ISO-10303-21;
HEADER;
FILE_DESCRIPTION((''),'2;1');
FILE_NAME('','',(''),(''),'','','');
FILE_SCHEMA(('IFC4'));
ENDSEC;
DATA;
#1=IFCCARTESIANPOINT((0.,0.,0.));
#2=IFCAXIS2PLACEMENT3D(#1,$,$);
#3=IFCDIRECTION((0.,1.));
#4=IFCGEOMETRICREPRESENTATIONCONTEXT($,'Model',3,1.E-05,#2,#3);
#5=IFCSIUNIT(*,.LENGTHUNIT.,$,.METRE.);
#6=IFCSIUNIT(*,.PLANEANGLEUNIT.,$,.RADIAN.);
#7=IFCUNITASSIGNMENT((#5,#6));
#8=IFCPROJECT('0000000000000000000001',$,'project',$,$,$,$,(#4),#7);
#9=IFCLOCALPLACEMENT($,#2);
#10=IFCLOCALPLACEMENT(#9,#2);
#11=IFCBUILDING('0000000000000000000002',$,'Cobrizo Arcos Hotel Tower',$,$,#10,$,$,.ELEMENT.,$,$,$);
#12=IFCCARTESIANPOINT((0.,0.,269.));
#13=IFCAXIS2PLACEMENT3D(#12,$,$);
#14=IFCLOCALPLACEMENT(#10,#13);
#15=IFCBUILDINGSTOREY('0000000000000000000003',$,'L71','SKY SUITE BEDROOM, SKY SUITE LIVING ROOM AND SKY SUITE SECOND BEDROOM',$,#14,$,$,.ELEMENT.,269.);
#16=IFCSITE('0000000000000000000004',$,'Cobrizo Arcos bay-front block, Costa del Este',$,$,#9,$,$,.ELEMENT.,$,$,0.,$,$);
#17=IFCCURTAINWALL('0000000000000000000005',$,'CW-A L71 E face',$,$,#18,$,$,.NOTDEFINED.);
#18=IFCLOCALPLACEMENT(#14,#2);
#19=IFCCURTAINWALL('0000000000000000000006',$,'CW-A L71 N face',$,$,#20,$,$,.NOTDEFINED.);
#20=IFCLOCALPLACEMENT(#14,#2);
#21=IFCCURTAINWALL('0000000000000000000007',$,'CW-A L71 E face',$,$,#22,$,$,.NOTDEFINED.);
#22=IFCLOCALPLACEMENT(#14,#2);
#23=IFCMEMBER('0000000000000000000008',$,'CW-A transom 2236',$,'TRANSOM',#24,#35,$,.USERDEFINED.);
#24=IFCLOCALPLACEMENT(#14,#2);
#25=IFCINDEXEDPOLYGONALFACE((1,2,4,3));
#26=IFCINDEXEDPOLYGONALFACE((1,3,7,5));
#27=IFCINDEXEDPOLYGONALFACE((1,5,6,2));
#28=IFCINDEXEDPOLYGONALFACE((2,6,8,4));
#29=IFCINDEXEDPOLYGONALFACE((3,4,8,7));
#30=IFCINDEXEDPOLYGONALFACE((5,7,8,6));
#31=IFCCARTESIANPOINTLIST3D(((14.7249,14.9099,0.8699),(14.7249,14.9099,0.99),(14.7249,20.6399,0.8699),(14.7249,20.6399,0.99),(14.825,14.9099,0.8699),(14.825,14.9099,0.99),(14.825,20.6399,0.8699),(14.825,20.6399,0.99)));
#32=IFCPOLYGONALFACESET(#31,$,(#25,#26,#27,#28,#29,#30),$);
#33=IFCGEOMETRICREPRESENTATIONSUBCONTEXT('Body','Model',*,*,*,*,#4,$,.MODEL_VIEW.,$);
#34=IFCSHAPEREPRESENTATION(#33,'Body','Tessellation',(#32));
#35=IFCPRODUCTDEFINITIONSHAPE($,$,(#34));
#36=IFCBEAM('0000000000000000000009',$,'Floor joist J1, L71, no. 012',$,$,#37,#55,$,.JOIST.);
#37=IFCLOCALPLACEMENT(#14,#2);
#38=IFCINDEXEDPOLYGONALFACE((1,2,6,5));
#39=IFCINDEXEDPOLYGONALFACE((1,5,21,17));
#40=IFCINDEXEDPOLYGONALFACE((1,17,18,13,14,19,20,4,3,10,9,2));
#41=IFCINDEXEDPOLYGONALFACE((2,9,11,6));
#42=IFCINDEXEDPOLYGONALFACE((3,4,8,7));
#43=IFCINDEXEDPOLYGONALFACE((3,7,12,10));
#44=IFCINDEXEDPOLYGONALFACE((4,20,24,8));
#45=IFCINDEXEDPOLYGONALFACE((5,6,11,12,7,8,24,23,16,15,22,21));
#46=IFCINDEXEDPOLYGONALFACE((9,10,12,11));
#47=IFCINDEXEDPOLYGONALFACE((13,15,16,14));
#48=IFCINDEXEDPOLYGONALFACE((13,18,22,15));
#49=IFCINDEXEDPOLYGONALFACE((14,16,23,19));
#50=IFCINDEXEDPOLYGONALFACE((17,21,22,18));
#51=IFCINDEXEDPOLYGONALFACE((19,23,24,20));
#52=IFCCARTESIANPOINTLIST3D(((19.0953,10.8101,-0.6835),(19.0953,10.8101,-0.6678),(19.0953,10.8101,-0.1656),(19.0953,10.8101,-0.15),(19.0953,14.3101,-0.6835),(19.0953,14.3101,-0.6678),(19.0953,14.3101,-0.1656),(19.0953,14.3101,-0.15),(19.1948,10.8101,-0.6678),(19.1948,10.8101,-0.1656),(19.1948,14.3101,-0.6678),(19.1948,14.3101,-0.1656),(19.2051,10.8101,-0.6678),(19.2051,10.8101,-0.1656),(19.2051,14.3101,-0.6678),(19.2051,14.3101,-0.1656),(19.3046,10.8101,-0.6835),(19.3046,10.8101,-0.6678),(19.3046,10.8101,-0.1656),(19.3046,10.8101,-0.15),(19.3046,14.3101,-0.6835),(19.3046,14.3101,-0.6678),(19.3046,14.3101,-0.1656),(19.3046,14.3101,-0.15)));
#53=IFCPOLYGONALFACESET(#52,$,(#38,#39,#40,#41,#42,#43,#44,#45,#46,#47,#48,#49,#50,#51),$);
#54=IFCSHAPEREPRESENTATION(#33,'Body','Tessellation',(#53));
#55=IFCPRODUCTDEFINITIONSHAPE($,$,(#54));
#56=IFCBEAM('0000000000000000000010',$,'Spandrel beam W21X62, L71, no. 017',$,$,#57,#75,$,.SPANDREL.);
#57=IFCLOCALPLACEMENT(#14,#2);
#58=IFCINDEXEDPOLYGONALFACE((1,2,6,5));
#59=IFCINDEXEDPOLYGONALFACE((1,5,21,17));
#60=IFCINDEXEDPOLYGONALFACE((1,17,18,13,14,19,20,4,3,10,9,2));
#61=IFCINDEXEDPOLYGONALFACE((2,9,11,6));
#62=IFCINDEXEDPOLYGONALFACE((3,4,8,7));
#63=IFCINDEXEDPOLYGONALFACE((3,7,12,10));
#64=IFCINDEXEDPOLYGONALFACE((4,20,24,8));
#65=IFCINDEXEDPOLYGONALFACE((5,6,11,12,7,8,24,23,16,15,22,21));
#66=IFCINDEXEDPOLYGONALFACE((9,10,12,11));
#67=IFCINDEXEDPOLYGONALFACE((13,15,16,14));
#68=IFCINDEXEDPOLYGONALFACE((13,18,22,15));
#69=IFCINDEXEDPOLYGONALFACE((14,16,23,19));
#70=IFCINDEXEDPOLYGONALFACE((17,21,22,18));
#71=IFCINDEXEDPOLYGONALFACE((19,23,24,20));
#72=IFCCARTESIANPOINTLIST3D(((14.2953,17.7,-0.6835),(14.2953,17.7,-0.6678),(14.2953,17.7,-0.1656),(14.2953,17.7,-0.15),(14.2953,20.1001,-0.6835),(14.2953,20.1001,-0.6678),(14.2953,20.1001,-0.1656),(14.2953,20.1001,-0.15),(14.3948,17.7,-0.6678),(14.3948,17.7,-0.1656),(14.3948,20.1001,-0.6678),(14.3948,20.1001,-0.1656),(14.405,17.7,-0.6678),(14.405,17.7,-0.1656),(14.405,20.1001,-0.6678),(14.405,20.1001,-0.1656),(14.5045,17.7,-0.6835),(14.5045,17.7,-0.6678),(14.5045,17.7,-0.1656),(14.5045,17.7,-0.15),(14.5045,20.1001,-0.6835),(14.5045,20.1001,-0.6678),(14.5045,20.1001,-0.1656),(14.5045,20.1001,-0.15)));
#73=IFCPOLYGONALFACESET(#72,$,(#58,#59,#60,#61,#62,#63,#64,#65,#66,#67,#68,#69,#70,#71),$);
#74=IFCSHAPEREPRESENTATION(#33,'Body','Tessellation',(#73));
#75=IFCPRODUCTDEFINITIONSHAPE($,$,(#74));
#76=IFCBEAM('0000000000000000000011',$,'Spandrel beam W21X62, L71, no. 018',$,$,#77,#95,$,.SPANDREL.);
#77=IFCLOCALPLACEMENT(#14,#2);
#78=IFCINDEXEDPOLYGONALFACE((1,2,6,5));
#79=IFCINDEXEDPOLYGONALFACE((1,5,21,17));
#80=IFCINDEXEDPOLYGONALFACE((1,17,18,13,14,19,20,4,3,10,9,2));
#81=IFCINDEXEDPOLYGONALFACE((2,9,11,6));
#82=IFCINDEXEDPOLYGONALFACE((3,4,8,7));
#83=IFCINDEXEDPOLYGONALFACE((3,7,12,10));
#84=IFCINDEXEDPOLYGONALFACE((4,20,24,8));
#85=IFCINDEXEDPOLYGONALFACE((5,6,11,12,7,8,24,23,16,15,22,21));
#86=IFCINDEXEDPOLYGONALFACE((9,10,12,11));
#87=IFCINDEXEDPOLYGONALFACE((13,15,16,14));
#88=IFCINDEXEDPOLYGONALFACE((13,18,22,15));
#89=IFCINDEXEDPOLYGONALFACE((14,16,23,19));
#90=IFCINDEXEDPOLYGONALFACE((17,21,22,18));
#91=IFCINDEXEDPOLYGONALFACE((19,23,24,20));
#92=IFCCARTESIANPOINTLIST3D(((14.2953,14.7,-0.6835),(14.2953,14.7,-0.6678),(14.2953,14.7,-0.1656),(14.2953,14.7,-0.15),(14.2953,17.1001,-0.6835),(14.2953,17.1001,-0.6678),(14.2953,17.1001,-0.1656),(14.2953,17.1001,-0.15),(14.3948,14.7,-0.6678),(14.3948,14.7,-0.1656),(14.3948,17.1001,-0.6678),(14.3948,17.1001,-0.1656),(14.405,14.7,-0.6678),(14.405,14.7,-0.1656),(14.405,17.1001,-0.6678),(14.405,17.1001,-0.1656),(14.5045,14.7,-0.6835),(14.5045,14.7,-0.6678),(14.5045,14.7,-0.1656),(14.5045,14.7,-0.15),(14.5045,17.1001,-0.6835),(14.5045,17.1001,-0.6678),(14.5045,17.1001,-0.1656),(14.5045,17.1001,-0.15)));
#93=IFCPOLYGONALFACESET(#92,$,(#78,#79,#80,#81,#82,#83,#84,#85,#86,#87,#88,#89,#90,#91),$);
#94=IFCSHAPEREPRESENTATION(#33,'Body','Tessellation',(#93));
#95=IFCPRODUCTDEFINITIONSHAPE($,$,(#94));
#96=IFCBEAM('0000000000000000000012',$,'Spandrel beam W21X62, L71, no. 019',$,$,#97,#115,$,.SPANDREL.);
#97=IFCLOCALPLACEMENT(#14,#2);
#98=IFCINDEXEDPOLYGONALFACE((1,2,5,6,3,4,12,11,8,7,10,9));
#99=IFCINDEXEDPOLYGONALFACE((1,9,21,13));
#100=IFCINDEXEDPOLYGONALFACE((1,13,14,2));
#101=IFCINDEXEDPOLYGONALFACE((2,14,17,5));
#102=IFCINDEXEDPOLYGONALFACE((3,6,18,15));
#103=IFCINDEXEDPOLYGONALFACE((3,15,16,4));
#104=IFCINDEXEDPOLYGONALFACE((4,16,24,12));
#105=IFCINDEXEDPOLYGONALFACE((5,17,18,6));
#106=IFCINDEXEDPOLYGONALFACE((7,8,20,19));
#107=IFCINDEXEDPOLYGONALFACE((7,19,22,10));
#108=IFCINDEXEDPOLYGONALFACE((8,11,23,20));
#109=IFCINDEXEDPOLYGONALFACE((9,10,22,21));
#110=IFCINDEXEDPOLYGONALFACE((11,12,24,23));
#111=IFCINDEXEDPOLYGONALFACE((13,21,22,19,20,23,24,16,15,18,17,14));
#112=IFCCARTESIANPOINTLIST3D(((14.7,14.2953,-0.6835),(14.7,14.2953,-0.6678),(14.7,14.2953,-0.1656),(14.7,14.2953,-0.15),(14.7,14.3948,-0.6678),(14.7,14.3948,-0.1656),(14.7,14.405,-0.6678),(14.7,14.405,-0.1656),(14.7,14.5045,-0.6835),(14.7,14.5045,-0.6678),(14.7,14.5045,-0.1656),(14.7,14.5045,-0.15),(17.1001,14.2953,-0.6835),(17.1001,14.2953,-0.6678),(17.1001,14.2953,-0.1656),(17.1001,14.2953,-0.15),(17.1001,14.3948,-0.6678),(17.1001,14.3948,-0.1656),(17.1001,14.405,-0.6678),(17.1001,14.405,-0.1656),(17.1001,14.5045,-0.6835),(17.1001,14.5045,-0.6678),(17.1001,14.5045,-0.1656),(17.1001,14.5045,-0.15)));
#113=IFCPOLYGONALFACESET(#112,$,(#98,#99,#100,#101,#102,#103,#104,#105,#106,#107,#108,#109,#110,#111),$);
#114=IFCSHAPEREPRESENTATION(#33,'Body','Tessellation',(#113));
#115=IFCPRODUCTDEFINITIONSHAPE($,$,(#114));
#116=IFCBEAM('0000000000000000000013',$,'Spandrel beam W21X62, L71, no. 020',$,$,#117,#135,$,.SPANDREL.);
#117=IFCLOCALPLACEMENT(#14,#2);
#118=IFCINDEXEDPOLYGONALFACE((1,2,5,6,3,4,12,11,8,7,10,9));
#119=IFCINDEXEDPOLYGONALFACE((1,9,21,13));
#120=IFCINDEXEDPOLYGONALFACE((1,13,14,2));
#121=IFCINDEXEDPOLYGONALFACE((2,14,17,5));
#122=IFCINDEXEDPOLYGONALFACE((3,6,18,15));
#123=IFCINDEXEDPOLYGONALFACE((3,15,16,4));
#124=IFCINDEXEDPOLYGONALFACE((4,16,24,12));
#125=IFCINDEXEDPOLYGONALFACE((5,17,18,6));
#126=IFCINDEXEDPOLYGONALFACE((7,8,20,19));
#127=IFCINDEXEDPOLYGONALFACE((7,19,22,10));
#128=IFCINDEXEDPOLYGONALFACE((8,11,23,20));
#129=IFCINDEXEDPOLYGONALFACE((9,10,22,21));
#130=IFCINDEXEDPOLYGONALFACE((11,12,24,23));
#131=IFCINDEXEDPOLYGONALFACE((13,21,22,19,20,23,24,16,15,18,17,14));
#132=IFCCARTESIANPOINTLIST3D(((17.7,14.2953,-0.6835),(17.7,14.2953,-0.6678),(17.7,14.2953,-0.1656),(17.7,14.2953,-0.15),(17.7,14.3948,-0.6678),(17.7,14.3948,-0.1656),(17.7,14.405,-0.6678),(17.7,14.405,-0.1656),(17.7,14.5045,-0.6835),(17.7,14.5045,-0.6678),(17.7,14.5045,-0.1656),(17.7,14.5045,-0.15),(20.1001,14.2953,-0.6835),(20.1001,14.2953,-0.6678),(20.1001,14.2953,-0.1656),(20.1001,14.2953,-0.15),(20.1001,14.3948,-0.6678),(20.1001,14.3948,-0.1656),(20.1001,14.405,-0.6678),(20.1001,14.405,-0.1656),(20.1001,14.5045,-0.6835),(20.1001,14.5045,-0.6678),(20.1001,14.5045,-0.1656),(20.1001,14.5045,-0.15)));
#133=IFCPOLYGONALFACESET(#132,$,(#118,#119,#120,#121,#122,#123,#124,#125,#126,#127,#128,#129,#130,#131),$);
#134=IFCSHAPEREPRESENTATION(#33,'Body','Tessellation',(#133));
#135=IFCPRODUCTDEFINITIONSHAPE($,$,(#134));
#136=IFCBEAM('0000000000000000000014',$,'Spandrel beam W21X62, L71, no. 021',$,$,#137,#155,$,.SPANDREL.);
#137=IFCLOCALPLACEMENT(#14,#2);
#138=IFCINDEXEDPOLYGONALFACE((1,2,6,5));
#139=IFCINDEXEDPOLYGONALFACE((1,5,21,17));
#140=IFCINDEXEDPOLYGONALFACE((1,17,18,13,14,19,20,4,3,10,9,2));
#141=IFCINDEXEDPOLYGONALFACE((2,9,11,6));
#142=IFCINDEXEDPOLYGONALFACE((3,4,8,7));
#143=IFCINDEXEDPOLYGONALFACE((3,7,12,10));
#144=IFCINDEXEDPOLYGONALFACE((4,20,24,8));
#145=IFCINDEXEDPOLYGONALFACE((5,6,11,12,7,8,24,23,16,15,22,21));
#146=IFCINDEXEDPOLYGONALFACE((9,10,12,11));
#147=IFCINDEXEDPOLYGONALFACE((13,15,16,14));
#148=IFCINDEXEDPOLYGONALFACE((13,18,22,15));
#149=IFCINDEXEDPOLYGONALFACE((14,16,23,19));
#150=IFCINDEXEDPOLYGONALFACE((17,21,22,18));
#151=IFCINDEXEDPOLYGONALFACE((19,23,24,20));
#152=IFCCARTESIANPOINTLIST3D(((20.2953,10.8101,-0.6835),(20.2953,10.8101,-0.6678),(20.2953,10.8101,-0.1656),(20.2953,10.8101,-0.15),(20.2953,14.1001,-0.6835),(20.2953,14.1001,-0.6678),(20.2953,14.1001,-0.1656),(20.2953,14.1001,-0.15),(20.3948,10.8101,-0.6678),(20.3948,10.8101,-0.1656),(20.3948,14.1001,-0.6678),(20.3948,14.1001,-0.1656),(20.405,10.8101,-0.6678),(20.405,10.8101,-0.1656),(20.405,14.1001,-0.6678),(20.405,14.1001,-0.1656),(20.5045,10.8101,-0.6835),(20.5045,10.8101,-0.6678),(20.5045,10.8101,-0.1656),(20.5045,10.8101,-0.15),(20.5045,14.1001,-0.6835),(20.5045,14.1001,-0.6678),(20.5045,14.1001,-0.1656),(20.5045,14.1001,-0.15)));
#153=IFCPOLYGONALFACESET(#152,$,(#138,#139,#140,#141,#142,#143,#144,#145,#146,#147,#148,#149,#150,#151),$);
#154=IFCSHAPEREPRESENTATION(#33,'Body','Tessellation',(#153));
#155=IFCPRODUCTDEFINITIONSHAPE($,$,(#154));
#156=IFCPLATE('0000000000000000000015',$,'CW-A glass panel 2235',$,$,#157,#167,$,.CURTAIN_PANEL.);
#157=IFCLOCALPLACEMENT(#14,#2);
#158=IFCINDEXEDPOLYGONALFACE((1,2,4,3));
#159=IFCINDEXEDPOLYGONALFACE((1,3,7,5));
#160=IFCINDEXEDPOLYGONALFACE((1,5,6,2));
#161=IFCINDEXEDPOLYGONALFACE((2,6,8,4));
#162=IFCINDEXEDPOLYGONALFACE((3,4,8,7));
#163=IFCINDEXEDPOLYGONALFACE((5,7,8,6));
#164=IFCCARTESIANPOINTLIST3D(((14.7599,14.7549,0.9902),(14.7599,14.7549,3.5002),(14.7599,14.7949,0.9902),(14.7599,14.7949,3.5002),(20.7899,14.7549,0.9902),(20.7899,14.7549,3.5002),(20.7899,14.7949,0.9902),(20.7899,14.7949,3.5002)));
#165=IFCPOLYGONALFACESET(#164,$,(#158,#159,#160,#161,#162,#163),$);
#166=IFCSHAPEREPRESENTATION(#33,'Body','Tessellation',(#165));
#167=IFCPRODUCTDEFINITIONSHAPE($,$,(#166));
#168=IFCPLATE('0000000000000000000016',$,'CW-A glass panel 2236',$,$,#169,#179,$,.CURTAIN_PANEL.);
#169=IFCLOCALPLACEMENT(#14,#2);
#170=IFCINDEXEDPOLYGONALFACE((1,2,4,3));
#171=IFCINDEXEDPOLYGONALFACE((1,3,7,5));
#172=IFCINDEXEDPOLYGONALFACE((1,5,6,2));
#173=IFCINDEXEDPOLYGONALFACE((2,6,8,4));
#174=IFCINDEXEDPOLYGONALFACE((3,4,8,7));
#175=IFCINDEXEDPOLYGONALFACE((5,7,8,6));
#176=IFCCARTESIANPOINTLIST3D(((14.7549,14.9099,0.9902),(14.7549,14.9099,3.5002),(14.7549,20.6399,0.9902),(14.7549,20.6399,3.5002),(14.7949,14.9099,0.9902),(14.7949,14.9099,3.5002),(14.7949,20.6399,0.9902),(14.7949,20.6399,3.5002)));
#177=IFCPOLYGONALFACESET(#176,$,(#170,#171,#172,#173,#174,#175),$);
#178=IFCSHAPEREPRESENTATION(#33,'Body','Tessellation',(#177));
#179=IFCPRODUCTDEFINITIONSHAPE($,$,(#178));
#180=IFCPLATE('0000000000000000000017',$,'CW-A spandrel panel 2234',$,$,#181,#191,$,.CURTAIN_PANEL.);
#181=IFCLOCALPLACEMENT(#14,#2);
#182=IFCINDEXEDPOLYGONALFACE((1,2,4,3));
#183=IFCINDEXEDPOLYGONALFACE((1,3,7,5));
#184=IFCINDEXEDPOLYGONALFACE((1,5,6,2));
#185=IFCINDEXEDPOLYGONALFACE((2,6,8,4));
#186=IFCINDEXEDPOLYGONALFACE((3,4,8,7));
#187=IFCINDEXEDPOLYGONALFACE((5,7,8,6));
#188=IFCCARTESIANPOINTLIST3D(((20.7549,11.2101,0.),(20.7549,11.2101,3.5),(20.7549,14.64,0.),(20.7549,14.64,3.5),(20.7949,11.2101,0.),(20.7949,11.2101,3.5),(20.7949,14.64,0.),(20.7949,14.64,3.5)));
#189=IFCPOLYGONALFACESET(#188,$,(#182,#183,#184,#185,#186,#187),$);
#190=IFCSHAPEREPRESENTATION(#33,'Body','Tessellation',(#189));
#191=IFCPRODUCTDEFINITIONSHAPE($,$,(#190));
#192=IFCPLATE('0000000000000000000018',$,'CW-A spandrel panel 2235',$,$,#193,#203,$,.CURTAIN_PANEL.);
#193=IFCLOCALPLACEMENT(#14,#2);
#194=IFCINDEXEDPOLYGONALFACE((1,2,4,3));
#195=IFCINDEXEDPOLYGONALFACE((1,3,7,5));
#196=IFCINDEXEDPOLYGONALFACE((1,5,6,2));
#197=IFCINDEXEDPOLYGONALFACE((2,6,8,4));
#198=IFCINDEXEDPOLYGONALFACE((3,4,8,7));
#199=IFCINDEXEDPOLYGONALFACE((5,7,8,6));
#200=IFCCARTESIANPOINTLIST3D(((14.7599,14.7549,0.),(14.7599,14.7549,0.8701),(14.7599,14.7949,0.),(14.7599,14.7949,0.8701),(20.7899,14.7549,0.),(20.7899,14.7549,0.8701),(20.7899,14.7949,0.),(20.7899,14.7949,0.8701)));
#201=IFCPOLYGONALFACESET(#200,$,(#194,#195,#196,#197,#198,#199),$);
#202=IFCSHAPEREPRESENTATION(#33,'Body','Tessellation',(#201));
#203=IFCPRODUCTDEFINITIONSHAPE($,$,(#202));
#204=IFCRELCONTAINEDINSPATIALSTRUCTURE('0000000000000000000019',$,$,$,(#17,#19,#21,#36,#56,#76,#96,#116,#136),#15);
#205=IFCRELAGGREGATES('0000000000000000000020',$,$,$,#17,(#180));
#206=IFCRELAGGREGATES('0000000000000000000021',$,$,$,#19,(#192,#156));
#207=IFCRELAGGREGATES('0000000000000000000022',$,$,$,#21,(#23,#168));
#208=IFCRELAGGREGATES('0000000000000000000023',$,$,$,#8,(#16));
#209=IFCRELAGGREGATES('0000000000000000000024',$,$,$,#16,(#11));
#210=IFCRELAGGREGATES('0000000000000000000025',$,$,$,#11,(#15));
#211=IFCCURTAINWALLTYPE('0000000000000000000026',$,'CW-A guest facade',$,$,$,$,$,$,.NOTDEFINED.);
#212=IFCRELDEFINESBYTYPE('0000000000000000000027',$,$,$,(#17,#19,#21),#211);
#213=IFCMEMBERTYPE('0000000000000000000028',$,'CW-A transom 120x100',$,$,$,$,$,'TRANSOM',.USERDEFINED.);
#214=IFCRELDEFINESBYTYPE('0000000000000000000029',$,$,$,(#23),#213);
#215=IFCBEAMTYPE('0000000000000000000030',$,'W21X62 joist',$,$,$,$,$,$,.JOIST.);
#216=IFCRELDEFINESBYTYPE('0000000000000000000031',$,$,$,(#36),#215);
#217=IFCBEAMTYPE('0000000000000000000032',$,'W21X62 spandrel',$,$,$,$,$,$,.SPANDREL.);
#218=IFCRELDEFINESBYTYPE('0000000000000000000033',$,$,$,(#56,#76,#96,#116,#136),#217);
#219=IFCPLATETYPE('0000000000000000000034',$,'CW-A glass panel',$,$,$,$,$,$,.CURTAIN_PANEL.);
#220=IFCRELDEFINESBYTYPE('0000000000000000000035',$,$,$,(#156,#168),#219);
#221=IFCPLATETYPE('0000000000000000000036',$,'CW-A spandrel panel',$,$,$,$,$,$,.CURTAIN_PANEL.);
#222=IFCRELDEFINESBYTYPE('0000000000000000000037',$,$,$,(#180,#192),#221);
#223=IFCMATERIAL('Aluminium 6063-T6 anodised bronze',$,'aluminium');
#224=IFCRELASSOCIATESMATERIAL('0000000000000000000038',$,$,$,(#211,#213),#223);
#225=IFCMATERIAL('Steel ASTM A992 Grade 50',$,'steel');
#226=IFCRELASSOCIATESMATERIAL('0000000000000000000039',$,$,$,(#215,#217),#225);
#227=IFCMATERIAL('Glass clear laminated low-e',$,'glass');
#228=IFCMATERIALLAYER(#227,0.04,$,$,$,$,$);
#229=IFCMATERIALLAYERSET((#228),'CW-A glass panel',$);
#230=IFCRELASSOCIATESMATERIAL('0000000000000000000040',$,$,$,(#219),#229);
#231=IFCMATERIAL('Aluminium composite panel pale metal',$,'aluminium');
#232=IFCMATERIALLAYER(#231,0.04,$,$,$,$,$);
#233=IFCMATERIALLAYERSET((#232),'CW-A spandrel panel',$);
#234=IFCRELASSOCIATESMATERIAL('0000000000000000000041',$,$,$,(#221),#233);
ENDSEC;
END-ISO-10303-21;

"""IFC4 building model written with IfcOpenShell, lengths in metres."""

from ifc_helpers import new_model, si_unit, direction, frame, origin, origin_2d, place, context, subcontext, project, spatial, rectangle, i_section, extrude, material, layer, layer_set, material_profile, profile_set, type_object, element, aggregate, save


model = new_model("IFC4")

# Units and contexts
model_context = context("Model", 3, precision=1e-05, world=origin(), true_north=direction((0.0, 1.0)))
body_context = subcontext(model_context, "Body", "Model", "MODEL_VIEW")
ifc_project = project(units=[si_unit("LENGTHUNIT", "METRE"), si_unit("PLANEANGLEUNIT", "RADIAN")], contexts=[model_context])

# Site, building, storey
site_placement = place(None, origin())
site = spatial("IfcSite", under=ifc_project, at=site_placement, Name="Cobrizo Arcos bay-front block, Costa del Este", CompositionType="ELEMENT", RefElevation=0.0)
building_placement = place(site_placement, origin())
building = spatial("IfcBuilding", under=site, at=building_placement, Name="Cobrizo Arcos Hotel Tower", CompositionType="ELEMENT")
storey_placement = place(building_placement, frame((0.0, 0.0, 269.0)))
storey = spatial("IfcBuildingStorey", under=building, at=storey_placement, Name="L71", Description="SKY SUITE BEDROOM, SKY SUITE LIVING ROOM AND SKY SUITE SECOND BEDROOM", CompositionType="ELEMENT", Elevation=269.0)

# Shared definitions
ifc_material_1 = material(Name="Aluminium 6063-T6 anodised bronze", Category="aluminium")
curtain_wall_type = type_object("IfcCurtainWallType", Name="CW-A guest facade", PredefinedType="NOTDEFINED", material=ifc_material_1)

# Curtain walls
curtain_wall_1_placement = place(storey_placement, origin())
curtain_wall_1 = element("IfcCurtainWall", 1, at=curtain_wall_1_placement, inside=storey, type_object=curtain_wall_type, Name="CW-A L71 E face", PredefinedType="NOTDEFINED")
curtain_wall_2_placement = place(storey_placement, origin())
curtain_wall_2 = element("IfcCurtainWall", 2, at=curtain_wall_2_placement, inside=storey, type_object=curtain_wall_type, Name="CW-A L71 N face", PredefinedType="NOTDEFINED")
curtain_wall_3_placement = place(storey_placement, origin())
curtain_wall_3 = element("IfcCurtainWall", 3, at=curtain_wall_3_placement, inside=storey, type_object=curtain_wall_type, Name="CW-A L71 E face", PredefinedType="NOTDEFINED")

# Member
ifc_material_profile_1 = material_profile(ifc_material_1, rectangle(XDim=0.1001, YDim=0.1201, at=origin_2d()), Name="CW-A transom 120x100")
ifc_profile_set_1 = profile_set([ifc_material_profile_1], Name="Aluminium 6063-T6 anodised bronze")
member_type_1 = type_object("IfcMemberType", Name="CW-A transom 120x100", ElementType="TRANSOM", PredefinedType="USERDEFINED", material=ifc_profile_set_1)
member_1_placement = place(storey_placement, frame((14.7749, 14.9099, 0.9299), z_axis=(0.0, 1.0, 0.0), x_axis=(-1.0, 0.0, 0.0)))
member_1 = element("IfcMember", 4, at=member_1_placement, type_object=member_type_1, Name="CW-A transom 2236", ObjectType="TRANSOM", PredefinedType="USERDEFINED", context=body_context, shape_type="SweptSolid", body=[
    extrude(rectangle(XDim=0.1001, YDim=0.1201, at=origin_2d()), origin(), (0.0, 0.0, 1.0), 5.73),
])

# Beams
ifc_material_2 = material(Name="Steel ASTM A992 Grade 50", Category="steel")
ifc_material_profile_2 = material_profile(ifc_material_2, i_section(OverallWidth=0.2092, OverallDepth=0.5334, WebThickness=0.0103, FlangeThickness=0.0156, at=origin_2d()), Name="W21X62")
ifc_profile_set_2 = profile_set([ifc_material_profile_2], Name="Steel ASTM A992 Grade 50")
beam_type_1 = type_object("IfcBeamType", Name="W21X62 joist", PredefinedType="JOIST", material=ifc_profile_set_2)
beam_1_placement = place(storey_placement, frame((19.2, 10.8101, -0.4167), z_axis=(0.0, 1.0, 0.0), x_axis=(-1.0, 0.0, 0.0)))
element("IfcBeam", 5, at=beam_1_placement, inside=storey, type_object=beam_type_1, Name="Floor joist J1, L71, no. 012", PredefinedType="JOIST", context=body_context, shape_type="SweptSolid", body=[
    extrude(i_section(OverallWidth=0.2092, OverallDepth=0.5334, WebThickness=0.0103, FlangeThickness=0.0156, at=origin_2d()), origin(), (0.0, 0.0, 1.0), 3.5),
])
ifc_material_profile_3 = material_profile(ifc_material_2, i_section(OverallWidth=0.2092, OverallDepth=0.5334, WebThickness=0.0103, FlangeThickness=0.0156, at=origin_2d()), Name="W21X62")
ifc_profile_set_3 = profile_set([ifc_material_profile_3], Name="Steel ASTM A992 Grade 50")
beam_type_2 = type_object("IfcBeamType", Name="W21X62 spandrel", PredefinedType="SPANDREL", material=ifc_profile_set_3)
for number, where, z_axis, x_axis, name in (
    (6, (14.3999, 20.1001, -0.4167), (0.0, -1.0, 0.0), (1.0, 0.0, 0.0), "Spandrel beam W21X62, L71, no. 017"),
    (7, (14.3999, 17.1001, -0.4167), (0.0, -1.0, 0.0), (1.0, 0.0, 0.0), "Spandrel beam W21X62, L71, no. 018"),
    (8, (14.7, 14.3999, -0.4167), (1.0, 0.0, 0.0), (0.0, 1.0, 0.0), "Spandrel beam W21X62, L71, no. 019"),
    (9, (17.7, 14.3999, -0.4167), (1.0, 0.0, 0.0), (0.0, 1.0, 0.0), "Spandrel beam W21X62, L71, no. 020"),
):
    element("IfcBeam", number, at=place(storey_placement, frame(where, z_axis=z_axis, x_axis=x_axis)), inside=storey, type_object=beam_type_2, Name=name, PredefinedType="SPANDREL", context=body_context, shape_type="SweptSolid", body=[
        extrude(i_section(OverallWidth=0.2092, OverallDepth=0.5334, WebThickness=0.0103, FlangeThickness=0.0156, at=origin_2d()), origin(), (0.0, 0.0, 1.0), 2.4001),
    ])
beam_2_placement = place(storey_placement, frame((20.3999, 14.1001, -0.4167), z_axis=(0.0, -1.0, 0.0), x_axis=(1.0, 0.0, 0.0)))
element("IfcBeam", 10, at=beam_2_placement, inside=storey, type_object=beam_type_2, Name="Spandrel beam W21X62, L71, no. 021", PredefinedType="SPANDREL", context=body_context, shape_type="SweptSolid", body=[
    extrude(i_section(OverallWidth=0.2092, OverallDepth=0.5334, WebThickness=0.0103, FlangeThickness=0.0156, at=origin_2d()), origin(), (0.0, 0.0, 1.0), 3.29),
])

# Plates
ifc_material_3 = material(Name="Glass clear laminated low-e", Category="glass")
ifc_layer_1 = layer(ifc_material_3, 0.04)
ifc_layer_set_1 = layer_set([ifc_layer_1], Name="CW-A glass panel")
plate_type_1 = type_object("IfcPlateType", Name="CW-A glass panel", PredefinedType="CURTAIN_PANEL", material=ifc_layer_set_1)
plate_1_placement = place(storey_placement, frame((17.7749, 14.7749, 0.9902), z_axis=(0.0, 0.0, 1.0), x_axis=(-1.0, 0.0, 0.0)))
plate_1 = element("IfcPlate", 11, at=plate_1_placement, type_object=plate_type_1, Name="CW-A glass panel 2235", PredefinedType="CURTAIN_PANEL", context=body_context, shape_type="SweptSolid", body=[
    extrude(rectangle(XDim=6.03, YDim=0.04, at=origin_2d()), origin(), (0.0, 0.0, 1.0), 2.51),
])
plate_2_placement = place(storey_placement, frame((14.7749, 17.7749, 0.9902), z_axis=(0.0, 0.0, 1.0), x_axis=(0.0, 1.0, 0.0)))
plate_2 = element("IfcPlate", 12, at=plate_2_placement, type_object=plate_type_1, Name="CW-A glass panel 2236", PredefinedType="CURTAIN_PANEL", context=body_context, shape_type="SweptSolid", body=[
    extrude(rectangle(XDim=5.73, YDim=0.04, at=origin_2d()), origin(), (0.0, 0.0, 1.0), 2.51),
])
ifc_material_4 = material(Name="Aluminium composite panel pale metal", Category="aluminium")
ifc_layer_2 = layer(ifc_material_4, 0.04)
ifc_layer_set_2 = layer_set([ifc_layer_2], Name="CW-A spandrel panel")
plate_type_2 = type_object("IfcPlateType", Name="CW-A spandrel panel", PredefinedType="CURTAIN_PANEL", material=ifc_layer_set_2)
plate_3_placement = place(storey_placement, frame((20.7749, 12.925, 0.0), z_axis=(0.0, 0.0, 1.0), x_axis=(0.0, 1.0, 0.0)))
plate_3 = element("IfcPlate", 13, at=plate_3_placement, type_object=plate_type_2, Name="CW-A spandrel panel 2234", PredefinedType="CURTAIN_PANEL", context=body_context, shape_type="SweptSolid", body=[
    extrude(rectangle(XDim=3.4299, YDim=0.04, at=origin_2d()), origin(), (0.0, 0.0, 1.0), 3.5),
])
aggregate(curtain_wall_1, [plate_3])
plate_4_placement = place(storey_placement, frame((17.7749, 14.7749, 0.0), z_axis=(0.0, 0.0, 1.0), x_axis=(-1.0, 0.0, 0.0)))
plate_4 = element("IfcPlate", 14, at=plate_4_placement, type_object=plate_type_2, Name="CW-A spandrel panel 2235", PredefinedType="CURTAIN_PANEL", context=body_context, shape_type="SweptSolid", body=[
    extrude(rectangle(XDim=6.03, YDim=0.04, at=origin_2d()), origin(), (0.0, 0.0, 1.0), 0.8701),
])
aggregate(curtain_wall_2, [plate_4, plate_1])
aggregate(curtain_wall_3, [member_1, plate_2])

save(model, "model.ifc")
